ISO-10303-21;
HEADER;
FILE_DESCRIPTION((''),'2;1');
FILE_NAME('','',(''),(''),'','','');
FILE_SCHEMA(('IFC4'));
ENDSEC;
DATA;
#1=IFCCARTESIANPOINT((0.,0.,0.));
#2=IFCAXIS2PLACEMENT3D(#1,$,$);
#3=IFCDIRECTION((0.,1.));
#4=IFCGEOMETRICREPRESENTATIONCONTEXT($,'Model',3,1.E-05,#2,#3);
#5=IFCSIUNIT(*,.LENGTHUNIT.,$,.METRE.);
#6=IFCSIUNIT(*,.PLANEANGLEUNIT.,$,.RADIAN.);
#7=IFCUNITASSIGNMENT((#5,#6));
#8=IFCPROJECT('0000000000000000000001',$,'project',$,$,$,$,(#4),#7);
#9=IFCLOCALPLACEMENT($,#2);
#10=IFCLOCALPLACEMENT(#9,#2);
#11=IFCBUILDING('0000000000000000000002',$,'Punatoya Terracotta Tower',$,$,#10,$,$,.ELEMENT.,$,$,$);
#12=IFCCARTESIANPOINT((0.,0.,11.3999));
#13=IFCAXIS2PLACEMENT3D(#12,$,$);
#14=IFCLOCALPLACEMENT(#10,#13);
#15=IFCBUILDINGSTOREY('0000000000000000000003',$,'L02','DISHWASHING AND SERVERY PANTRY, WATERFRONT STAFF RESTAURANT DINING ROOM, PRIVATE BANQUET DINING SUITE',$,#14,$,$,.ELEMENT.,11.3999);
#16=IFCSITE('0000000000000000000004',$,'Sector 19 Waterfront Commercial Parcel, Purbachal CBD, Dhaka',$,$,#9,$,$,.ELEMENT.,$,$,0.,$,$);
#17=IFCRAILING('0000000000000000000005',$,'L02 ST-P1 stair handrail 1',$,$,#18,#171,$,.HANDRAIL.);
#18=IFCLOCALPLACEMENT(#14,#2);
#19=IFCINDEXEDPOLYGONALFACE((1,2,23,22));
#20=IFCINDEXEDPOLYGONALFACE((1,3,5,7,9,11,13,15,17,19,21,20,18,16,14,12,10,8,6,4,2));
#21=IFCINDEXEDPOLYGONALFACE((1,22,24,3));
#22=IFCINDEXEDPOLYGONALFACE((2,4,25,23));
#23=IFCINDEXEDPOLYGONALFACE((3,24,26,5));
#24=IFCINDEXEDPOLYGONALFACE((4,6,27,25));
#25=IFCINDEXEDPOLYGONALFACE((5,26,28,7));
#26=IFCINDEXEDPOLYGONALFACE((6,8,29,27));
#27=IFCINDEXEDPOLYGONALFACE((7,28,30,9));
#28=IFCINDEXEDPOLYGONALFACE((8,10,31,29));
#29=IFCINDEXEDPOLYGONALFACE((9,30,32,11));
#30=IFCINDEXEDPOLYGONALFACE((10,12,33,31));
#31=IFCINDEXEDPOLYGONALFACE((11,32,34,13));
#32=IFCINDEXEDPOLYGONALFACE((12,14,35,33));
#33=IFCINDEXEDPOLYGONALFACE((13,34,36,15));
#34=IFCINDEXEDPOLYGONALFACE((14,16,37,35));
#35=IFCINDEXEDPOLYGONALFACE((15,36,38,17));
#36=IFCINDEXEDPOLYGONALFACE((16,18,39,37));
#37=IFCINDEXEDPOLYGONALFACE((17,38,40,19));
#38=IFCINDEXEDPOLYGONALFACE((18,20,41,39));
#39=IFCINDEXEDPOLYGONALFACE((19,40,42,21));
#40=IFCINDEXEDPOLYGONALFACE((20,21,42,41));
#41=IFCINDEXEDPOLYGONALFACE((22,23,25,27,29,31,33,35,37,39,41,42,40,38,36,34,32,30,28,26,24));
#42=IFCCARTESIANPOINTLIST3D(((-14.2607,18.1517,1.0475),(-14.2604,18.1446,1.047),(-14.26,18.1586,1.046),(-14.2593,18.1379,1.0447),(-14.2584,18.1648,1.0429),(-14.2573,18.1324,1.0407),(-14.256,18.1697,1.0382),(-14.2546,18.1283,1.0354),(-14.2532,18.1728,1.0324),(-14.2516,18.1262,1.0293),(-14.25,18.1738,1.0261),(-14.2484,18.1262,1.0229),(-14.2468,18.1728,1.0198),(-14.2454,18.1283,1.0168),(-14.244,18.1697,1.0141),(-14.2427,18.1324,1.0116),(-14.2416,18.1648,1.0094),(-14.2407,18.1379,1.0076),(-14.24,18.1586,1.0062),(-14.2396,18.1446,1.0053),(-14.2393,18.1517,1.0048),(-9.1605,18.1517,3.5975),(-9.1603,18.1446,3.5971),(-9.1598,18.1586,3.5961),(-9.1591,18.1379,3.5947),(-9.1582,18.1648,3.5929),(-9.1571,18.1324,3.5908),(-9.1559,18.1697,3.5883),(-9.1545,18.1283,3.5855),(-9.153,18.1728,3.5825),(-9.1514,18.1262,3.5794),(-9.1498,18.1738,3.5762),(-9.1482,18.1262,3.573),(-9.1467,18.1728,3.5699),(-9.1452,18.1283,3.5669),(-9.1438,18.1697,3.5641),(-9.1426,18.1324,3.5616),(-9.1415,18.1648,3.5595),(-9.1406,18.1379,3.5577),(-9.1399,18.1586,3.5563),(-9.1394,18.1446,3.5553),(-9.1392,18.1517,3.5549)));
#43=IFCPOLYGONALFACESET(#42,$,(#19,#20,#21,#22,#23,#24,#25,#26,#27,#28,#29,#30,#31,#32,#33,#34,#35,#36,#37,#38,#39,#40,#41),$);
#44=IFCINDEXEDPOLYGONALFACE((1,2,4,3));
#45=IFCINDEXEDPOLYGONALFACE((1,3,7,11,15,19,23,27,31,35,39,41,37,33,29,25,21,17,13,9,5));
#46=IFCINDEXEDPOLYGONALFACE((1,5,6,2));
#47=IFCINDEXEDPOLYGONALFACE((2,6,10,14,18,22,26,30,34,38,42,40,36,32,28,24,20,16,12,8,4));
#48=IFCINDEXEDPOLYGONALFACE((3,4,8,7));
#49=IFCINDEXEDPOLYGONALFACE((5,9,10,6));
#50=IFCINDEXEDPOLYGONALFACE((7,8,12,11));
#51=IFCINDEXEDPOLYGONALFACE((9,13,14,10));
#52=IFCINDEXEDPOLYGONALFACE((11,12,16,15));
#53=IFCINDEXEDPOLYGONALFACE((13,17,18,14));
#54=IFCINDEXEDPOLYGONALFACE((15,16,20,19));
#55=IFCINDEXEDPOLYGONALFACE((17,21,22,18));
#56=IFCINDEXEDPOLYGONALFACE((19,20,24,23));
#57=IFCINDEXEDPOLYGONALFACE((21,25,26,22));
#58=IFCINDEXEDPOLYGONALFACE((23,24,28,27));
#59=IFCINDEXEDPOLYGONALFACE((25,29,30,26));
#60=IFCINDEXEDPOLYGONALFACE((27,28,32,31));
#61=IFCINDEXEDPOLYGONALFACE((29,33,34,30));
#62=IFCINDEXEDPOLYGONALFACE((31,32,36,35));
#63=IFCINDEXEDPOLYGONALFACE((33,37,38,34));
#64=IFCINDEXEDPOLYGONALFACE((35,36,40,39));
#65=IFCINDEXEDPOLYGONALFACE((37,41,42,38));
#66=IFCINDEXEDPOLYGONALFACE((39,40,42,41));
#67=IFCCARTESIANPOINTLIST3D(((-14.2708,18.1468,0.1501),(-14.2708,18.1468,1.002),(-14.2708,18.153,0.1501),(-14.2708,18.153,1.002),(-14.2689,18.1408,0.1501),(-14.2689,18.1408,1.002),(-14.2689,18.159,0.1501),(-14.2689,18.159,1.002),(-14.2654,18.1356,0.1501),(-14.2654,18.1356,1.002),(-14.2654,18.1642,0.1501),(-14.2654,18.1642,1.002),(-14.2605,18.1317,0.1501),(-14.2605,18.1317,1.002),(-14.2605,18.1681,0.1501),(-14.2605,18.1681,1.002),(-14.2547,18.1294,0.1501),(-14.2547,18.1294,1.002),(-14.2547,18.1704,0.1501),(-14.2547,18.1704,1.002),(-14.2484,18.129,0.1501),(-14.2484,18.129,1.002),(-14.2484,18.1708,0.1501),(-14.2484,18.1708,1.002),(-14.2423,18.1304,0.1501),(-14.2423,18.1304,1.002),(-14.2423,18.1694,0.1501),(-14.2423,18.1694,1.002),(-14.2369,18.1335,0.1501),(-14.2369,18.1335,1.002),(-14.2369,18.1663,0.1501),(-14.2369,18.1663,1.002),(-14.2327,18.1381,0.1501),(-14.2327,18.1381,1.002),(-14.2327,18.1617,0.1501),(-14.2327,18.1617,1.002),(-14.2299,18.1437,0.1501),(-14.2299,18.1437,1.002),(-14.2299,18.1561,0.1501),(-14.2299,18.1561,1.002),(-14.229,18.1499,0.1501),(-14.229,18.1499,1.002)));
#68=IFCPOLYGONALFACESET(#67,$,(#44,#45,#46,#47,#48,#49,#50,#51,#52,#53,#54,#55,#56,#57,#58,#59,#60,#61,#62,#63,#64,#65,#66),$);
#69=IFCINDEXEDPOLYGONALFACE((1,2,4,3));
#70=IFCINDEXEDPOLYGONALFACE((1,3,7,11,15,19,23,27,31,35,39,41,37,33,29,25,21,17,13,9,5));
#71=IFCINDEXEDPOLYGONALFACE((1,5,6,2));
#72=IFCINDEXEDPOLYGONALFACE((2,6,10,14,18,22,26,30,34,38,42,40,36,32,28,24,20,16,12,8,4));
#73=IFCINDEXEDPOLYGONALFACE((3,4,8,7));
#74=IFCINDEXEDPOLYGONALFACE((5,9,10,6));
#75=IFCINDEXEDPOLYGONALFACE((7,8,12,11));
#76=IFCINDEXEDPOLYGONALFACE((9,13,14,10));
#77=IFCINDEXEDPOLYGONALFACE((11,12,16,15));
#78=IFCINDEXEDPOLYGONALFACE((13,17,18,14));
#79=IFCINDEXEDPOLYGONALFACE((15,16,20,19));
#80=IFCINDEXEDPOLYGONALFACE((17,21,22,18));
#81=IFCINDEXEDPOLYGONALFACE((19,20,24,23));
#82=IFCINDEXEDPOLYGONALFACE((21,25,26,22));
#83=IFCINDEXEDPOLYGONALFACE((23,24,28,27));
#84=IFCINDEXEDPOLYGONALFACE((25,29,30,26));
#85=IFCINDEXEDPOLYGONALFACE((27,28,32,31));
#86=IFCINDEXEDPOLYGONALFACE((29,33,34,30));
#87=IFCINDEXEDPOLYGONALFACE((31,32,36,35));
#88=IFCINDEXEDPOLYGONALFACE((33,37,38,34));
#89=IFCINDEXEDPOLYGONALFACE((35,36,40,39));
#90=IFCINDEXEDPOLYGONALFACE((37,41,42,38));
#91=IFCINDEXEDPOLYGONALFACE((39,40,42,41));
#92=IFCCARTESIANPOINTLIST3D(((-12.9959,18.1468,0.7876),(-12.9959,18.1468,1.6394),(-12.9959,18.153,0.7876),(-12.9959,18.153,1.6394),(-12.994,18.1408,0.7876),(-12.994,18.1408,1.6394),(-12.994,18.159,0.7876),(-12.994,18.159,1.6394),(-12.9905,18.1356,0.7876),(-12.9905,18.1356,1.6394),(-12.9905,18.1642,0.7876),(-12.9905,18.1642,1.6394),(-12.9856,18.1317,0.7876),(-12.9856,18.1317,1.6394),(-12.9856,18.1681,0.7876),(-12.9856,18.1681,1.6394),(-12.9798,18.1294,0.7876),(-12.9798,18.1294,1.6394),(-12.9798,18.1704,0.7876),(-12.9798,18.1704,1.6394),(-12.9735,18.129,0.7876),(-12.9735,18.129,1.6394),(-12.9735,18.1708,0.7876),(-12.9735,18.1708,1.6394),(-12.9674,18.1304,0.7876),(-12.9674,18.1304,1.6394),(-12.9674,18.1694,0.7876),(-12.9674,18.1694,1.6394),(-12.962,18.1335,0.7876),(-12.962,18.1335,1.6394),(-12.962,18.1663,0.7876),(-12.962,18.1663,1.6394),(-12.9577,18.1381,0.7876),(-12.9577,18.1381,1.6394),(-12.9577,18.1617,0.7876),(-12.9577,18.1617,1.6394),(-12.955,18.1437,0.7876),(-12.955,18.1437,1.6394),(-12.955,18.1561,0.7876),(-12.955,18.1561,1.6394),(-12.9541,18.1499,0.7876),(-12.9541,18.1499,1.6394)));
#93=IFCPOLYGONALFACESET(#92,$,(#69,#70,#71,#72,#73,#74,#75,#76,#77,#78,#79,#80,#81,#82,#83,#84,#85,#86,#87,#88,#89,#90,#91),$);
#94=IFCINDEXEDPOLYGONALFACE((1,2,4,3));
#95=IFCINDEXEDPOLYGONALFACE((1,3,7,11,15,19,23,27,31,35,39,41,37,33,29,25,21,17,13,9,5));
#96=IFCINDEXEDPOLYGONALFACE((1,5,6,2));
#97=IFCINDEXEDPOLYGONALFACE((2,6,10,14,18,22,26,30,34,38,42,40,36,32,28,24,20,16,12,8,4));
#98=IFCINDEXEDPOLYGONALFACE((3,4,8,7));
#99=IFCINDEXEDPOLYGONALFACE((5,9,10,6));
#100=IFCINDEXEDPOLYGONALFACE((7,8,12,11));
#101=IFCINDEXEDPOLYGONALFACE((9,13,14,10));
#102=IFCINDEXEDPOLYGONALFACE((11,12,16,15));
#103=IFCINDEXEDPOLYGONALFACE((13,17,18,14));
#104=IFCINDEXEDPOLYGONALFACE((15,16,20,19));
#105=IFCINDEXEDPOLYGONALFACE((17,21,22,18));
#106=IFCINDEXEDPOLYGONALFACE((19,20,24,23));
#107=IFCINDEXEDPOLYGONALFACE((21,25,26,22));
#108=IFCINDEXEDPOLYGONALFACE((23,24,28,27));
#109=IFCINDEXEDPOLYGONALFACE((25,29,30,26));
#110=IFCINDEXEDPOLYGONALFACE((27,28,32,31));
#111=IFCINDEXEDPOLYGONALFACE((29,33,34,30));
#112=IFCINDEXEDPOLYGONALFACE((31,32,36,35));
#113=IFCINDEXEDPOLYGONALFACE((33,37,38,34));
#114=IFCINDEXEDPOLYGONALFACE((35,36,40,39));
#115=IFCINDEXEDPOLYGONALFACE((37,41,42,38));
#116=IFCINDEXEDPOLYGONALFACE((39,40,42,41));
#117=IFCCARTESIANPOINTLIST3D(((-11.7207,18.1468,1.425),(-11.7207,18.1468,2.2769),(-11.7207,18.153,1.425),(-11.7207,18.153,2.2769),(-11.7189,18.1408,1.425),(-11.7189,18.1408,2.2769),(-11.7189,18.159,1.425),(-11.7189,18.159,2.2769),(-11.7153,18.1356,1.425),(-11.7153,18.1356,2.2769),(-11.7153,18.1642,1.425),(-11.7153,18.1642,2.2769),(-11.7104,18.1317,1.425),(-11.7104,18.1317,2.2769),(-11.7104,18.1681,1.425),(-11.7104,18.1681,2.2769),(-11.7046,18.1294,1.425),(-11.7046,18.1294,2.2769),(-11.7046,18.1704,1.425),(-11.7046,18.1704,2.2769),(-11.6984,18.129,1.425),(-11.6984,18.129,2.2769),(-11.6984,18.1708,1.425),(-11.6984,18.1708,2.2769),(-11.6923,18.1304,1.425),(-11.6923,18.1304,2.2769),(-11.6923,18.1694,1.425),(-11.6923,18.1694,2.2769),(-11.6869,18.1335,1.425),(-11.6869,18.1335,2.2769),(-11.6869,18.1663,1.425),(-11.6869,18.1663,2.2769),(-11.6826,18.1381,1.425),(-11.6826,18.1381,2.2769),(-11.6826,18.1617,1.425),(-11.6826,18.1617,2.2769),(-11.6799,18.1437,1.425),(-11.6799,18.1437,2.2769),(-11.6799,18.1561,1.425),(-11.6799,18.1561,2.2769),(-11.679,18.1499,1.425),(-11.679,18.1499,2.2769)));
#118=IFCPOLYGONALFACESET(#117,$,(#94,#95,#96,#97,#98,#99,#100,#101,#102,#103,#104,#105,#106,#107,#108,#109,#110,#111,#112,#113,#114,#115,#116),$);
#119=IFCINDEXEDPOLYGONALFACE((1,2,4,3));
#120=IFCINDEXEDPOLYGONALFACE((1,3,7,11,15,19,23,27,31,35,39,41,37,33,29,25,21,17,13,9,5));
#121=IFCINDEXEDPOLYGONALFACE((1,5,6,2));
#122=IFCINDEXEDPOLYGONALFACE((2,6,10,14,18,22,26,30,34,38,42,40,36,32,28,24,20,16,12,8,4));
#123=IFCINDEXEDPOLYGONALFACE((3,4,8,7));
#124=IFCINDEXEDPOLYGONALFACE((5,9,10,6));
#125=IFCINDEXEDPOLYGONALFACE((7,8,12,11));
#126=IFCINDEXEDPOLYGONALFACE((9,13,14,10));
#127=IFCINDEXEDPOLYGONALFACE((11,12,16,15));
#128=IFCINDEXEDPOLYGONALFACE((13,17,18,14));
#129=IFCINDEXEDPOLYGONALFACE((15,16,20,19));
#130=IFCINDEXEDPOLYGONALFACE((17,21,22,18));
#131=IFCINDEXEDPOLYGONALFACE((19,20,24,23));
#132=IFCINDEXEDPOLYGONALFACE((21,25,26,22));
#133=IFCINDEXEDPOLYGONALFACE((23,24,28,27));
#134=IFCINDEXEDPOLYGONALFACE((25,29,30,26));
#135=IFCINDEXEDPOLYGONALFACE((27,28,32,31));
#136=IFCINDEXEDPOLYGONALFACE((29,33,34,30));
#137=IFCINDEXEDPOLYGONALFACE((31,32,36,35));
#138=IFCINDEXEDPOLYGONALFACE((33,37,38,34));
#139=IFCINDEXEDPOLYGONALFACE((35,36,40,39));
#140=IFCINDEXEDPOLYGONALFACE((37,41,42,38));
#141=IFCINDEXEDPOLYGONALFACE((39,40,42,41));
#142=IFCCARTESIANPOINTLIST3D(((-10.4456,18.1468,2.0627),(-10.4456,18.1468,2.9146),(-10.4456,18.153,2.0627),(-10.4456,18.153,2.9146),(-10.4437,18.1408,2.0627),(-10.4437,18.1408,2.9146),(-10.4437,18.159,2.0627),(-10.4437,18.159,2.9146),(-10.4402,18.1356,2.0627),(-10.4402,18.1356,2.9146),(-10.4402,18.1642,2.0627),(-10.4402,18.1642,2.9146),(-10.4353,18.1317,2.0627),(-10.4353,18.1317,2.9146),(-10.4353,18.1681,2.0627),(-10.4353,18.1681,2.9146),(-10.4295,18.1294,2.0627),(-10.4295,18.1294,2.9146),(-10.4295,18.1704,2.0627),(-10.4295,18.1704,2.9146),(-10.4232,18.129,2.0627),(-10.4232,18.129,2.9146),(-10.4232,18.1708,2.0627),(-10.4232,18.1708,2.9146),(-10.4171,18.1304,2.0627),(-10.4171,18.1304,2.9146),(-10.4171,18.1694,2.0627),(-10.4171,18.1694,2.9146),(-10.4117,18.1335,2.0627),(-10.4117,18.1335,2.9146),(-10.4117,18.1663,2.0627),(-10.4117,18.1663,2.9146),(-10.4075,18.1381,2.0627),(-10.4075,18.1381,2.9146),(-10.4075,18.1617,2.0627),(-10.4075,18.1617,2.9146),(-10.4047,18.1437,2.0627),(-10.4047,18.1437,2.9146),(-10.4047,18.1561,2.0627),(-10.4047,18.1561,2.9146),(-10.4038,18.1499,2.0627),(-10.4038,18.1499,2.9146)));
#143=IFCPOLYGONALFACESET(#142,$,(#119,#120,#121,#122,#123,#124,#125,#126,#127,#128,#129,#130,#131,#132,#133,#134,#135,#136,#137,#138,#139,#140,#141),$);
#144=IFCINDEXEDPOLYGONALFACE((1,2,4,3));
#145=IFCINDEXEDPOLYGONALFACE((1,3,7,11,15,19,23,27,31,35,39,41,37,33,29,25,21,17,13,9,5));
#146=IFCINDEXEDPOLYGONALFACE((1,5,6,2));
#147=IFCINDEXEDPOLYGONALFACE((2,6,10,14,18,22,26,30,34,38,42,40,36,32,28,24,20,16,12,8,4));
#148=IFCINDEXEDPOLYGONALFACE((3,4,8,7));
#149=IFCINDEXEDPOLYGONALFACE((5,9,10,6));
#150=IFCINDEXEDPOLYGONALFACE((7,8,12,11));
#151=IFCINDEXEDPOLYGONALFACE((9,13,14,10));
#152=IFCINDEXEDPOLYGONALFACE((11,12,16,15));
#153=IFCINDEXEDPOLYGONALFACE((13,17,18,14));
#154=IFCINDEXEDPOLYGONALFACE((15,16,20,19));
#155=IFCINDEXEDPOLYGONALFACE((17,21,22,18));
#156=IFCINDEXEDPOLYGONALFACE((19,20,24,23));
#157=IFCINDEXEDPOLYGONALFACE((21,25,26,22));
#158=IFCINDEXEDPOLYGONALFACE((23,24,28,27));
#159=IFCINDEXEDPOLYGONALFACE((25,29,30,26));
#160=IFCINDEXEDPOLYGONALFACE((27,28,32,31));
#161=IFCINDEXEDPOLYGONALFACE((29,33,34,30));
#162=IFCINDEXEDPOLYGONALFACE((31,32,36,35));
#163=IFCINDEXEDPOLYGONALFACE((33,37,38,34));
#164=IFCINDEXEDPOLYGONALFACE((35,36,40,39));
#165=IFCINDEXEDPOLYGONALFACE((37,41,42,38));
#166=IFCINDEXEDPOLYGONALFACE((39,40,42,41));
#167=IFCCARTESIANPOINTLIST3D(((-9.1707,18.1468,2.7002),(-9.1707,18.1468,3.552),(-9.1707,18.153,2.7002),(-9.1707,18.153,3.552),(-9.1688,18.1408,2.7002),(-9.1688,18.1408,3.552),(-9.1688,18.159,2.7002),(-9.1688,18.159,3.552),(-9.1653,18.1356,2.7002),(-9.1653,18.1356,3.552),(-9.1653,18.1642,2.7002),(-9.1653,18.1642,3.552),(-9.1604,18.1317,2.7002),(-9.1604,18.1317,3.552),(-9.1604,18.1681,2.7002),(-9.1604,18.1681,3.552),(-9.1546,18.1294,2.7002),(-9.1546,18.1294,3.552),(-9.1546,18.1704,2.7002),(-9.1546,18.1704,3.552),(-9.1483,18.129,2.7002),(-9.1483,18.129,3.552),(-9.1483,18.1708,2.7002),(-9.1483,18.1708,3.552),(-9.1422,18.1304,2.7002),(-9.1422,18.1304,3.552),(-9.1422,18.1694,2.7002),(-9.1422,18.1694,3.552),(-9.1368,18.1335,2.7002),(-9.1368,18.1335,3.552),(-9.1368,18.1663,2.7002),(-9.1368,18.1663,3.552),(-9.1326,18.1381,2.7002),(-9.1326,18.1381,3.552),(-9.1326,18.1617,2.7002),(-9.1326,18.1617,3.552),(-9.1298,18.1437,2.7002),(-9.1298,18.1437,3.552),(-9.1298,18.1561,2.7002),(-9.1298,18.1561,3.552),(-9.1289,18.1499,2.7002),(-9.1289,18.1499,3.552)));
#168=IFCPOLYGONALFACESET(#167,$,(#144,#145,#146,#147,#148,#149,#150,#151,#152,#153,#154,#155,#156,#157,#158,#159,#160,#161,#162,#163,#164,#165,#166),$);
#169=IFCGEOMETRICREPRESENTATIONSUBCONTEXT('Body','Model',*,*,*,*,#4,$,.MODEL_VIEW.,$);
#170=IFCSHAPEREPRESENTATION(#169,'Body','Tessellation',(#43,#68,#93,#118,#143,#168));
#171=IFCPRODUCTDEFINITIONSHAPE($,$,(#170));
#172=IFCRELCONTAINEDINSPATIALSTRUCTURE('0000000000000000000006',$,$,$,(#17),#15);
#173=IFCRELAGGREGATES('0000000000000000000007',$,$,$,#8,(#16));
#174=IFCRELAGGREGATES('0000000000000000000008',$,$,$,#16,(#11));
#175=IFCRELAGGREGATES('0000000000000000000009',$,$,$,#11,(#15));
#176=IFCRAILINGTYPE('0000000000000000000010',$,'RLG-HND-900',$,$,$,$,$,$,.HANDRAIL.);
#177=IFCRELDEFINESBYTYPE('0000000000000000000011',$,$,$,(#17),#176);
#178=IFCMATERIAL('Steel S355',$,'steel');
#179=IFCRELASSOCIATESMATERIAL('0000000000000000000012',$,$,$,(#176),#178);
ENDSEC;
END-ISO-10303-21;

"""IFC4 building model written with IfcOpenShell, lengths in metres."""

from ifc_helpers import new_model, si_unit, direction, frame, origin, origin_2d, place, context, subcontext, project, spatial, circle, extrude, material, type_object, element, save


model = new_model("IFC4")

# Units and contexts
model_context = context("Model", 3, precision=1e-05, world=origin(), true_north=direction((0.0, 1.0)))
body_context = subcontext(model_context, "Body", "Model", "MODEL_VIEW")
ifc_project = project(units=[si_unit("LENGTHUNIT", "METRE"), si_unit("PLANEANGLEUNIT", "RADIAN")], contexts=[model_context])

# Site, building, storey
site_placement = place(None, origin())
site = spatial("IfcSite", under=ifc_project, at=site_placement, Name="Sector 19 Waterfront Commercial Parcel, Purbachal CBD, Dhaka", CompositionType="ELEMENT", RefElevation=0.0)
building_placement = place(site_placement, origin())
building = spatial("IfcBuilding", under=site, at=building_placement, Name="Punatoya Terracotta Tower", CompositionType="ELEMENT")
storey_placement = place(building_placement, frame((0.0, 0.0, 11.3999)))
storey = spatial("IfcBuildingStorey", under=building, at=storey_placement, Name="L02", Description="DISHWASHING AND SERVERY PANTRY, WATERFRONT STAFF RESTAURANT DINING ROOM, PRIVATE BANQUET DINING SUITE", CompositionType="ELEMENT", Elevation=11.3999)

# Shared definitions
ifc_material_1 = material(Name="Steel S355", Category="steel")

# Railing
railing_type = type_object("IfcRailingType", Name="RLG-HND-900", PredefinedType="HANDRAIL", material=ifc_material_1)
railing_placement = place(storey_placement, frame((-14.25, 18.1499, 0.1501)))
element("IfcRailing", 1, at=railing_placement, inside=storey, type_object=railing_type, Name="L02 ST-P1 stair handrail 1", PredefinedType="HANDRAIL", context=body_context, shape_type="SweptSolid", body=[
    extrude(circle(Radius=0.0239, at=origin_2d()), frame((0.0, 0.0, 0.876), z_axis=(0.894427, 0.0, 0.447214), x_axis=(0.0, 1.0, 0.0)), (0.0, 0.0, 1.0), 5.7021),
    extrude(circle(Radius=0.021, at=origin_2d()), origin(), (0.0, 0.0, 1.0), 0.8518),
    extrude(circle(Radius=0.021, at=origin_2d()), frame((1.2749, 0.0, 0.6375)), (0.0, 0.0, 1.0), 0.8518),
    extrude(circle(Radius=0.021, at=origin_2d()), frame((2.55, 0.0, 1.2749)), (0.0, 0.0, 1.0), 0.8518),
    extrude(circle(Radius=0.021, at=origin_2d()), frame((3.8252, 0.0, 1.9126)), (0.0, 0.0, 1.0), 0.8518),
    extrude(circle(Radius=0.021, at=origin_2d()), frame((5.1001, 0.0, 2.55)), (0.0, 0.0, 1.0), 0.8518),
])

save(model, "model.ifc")
